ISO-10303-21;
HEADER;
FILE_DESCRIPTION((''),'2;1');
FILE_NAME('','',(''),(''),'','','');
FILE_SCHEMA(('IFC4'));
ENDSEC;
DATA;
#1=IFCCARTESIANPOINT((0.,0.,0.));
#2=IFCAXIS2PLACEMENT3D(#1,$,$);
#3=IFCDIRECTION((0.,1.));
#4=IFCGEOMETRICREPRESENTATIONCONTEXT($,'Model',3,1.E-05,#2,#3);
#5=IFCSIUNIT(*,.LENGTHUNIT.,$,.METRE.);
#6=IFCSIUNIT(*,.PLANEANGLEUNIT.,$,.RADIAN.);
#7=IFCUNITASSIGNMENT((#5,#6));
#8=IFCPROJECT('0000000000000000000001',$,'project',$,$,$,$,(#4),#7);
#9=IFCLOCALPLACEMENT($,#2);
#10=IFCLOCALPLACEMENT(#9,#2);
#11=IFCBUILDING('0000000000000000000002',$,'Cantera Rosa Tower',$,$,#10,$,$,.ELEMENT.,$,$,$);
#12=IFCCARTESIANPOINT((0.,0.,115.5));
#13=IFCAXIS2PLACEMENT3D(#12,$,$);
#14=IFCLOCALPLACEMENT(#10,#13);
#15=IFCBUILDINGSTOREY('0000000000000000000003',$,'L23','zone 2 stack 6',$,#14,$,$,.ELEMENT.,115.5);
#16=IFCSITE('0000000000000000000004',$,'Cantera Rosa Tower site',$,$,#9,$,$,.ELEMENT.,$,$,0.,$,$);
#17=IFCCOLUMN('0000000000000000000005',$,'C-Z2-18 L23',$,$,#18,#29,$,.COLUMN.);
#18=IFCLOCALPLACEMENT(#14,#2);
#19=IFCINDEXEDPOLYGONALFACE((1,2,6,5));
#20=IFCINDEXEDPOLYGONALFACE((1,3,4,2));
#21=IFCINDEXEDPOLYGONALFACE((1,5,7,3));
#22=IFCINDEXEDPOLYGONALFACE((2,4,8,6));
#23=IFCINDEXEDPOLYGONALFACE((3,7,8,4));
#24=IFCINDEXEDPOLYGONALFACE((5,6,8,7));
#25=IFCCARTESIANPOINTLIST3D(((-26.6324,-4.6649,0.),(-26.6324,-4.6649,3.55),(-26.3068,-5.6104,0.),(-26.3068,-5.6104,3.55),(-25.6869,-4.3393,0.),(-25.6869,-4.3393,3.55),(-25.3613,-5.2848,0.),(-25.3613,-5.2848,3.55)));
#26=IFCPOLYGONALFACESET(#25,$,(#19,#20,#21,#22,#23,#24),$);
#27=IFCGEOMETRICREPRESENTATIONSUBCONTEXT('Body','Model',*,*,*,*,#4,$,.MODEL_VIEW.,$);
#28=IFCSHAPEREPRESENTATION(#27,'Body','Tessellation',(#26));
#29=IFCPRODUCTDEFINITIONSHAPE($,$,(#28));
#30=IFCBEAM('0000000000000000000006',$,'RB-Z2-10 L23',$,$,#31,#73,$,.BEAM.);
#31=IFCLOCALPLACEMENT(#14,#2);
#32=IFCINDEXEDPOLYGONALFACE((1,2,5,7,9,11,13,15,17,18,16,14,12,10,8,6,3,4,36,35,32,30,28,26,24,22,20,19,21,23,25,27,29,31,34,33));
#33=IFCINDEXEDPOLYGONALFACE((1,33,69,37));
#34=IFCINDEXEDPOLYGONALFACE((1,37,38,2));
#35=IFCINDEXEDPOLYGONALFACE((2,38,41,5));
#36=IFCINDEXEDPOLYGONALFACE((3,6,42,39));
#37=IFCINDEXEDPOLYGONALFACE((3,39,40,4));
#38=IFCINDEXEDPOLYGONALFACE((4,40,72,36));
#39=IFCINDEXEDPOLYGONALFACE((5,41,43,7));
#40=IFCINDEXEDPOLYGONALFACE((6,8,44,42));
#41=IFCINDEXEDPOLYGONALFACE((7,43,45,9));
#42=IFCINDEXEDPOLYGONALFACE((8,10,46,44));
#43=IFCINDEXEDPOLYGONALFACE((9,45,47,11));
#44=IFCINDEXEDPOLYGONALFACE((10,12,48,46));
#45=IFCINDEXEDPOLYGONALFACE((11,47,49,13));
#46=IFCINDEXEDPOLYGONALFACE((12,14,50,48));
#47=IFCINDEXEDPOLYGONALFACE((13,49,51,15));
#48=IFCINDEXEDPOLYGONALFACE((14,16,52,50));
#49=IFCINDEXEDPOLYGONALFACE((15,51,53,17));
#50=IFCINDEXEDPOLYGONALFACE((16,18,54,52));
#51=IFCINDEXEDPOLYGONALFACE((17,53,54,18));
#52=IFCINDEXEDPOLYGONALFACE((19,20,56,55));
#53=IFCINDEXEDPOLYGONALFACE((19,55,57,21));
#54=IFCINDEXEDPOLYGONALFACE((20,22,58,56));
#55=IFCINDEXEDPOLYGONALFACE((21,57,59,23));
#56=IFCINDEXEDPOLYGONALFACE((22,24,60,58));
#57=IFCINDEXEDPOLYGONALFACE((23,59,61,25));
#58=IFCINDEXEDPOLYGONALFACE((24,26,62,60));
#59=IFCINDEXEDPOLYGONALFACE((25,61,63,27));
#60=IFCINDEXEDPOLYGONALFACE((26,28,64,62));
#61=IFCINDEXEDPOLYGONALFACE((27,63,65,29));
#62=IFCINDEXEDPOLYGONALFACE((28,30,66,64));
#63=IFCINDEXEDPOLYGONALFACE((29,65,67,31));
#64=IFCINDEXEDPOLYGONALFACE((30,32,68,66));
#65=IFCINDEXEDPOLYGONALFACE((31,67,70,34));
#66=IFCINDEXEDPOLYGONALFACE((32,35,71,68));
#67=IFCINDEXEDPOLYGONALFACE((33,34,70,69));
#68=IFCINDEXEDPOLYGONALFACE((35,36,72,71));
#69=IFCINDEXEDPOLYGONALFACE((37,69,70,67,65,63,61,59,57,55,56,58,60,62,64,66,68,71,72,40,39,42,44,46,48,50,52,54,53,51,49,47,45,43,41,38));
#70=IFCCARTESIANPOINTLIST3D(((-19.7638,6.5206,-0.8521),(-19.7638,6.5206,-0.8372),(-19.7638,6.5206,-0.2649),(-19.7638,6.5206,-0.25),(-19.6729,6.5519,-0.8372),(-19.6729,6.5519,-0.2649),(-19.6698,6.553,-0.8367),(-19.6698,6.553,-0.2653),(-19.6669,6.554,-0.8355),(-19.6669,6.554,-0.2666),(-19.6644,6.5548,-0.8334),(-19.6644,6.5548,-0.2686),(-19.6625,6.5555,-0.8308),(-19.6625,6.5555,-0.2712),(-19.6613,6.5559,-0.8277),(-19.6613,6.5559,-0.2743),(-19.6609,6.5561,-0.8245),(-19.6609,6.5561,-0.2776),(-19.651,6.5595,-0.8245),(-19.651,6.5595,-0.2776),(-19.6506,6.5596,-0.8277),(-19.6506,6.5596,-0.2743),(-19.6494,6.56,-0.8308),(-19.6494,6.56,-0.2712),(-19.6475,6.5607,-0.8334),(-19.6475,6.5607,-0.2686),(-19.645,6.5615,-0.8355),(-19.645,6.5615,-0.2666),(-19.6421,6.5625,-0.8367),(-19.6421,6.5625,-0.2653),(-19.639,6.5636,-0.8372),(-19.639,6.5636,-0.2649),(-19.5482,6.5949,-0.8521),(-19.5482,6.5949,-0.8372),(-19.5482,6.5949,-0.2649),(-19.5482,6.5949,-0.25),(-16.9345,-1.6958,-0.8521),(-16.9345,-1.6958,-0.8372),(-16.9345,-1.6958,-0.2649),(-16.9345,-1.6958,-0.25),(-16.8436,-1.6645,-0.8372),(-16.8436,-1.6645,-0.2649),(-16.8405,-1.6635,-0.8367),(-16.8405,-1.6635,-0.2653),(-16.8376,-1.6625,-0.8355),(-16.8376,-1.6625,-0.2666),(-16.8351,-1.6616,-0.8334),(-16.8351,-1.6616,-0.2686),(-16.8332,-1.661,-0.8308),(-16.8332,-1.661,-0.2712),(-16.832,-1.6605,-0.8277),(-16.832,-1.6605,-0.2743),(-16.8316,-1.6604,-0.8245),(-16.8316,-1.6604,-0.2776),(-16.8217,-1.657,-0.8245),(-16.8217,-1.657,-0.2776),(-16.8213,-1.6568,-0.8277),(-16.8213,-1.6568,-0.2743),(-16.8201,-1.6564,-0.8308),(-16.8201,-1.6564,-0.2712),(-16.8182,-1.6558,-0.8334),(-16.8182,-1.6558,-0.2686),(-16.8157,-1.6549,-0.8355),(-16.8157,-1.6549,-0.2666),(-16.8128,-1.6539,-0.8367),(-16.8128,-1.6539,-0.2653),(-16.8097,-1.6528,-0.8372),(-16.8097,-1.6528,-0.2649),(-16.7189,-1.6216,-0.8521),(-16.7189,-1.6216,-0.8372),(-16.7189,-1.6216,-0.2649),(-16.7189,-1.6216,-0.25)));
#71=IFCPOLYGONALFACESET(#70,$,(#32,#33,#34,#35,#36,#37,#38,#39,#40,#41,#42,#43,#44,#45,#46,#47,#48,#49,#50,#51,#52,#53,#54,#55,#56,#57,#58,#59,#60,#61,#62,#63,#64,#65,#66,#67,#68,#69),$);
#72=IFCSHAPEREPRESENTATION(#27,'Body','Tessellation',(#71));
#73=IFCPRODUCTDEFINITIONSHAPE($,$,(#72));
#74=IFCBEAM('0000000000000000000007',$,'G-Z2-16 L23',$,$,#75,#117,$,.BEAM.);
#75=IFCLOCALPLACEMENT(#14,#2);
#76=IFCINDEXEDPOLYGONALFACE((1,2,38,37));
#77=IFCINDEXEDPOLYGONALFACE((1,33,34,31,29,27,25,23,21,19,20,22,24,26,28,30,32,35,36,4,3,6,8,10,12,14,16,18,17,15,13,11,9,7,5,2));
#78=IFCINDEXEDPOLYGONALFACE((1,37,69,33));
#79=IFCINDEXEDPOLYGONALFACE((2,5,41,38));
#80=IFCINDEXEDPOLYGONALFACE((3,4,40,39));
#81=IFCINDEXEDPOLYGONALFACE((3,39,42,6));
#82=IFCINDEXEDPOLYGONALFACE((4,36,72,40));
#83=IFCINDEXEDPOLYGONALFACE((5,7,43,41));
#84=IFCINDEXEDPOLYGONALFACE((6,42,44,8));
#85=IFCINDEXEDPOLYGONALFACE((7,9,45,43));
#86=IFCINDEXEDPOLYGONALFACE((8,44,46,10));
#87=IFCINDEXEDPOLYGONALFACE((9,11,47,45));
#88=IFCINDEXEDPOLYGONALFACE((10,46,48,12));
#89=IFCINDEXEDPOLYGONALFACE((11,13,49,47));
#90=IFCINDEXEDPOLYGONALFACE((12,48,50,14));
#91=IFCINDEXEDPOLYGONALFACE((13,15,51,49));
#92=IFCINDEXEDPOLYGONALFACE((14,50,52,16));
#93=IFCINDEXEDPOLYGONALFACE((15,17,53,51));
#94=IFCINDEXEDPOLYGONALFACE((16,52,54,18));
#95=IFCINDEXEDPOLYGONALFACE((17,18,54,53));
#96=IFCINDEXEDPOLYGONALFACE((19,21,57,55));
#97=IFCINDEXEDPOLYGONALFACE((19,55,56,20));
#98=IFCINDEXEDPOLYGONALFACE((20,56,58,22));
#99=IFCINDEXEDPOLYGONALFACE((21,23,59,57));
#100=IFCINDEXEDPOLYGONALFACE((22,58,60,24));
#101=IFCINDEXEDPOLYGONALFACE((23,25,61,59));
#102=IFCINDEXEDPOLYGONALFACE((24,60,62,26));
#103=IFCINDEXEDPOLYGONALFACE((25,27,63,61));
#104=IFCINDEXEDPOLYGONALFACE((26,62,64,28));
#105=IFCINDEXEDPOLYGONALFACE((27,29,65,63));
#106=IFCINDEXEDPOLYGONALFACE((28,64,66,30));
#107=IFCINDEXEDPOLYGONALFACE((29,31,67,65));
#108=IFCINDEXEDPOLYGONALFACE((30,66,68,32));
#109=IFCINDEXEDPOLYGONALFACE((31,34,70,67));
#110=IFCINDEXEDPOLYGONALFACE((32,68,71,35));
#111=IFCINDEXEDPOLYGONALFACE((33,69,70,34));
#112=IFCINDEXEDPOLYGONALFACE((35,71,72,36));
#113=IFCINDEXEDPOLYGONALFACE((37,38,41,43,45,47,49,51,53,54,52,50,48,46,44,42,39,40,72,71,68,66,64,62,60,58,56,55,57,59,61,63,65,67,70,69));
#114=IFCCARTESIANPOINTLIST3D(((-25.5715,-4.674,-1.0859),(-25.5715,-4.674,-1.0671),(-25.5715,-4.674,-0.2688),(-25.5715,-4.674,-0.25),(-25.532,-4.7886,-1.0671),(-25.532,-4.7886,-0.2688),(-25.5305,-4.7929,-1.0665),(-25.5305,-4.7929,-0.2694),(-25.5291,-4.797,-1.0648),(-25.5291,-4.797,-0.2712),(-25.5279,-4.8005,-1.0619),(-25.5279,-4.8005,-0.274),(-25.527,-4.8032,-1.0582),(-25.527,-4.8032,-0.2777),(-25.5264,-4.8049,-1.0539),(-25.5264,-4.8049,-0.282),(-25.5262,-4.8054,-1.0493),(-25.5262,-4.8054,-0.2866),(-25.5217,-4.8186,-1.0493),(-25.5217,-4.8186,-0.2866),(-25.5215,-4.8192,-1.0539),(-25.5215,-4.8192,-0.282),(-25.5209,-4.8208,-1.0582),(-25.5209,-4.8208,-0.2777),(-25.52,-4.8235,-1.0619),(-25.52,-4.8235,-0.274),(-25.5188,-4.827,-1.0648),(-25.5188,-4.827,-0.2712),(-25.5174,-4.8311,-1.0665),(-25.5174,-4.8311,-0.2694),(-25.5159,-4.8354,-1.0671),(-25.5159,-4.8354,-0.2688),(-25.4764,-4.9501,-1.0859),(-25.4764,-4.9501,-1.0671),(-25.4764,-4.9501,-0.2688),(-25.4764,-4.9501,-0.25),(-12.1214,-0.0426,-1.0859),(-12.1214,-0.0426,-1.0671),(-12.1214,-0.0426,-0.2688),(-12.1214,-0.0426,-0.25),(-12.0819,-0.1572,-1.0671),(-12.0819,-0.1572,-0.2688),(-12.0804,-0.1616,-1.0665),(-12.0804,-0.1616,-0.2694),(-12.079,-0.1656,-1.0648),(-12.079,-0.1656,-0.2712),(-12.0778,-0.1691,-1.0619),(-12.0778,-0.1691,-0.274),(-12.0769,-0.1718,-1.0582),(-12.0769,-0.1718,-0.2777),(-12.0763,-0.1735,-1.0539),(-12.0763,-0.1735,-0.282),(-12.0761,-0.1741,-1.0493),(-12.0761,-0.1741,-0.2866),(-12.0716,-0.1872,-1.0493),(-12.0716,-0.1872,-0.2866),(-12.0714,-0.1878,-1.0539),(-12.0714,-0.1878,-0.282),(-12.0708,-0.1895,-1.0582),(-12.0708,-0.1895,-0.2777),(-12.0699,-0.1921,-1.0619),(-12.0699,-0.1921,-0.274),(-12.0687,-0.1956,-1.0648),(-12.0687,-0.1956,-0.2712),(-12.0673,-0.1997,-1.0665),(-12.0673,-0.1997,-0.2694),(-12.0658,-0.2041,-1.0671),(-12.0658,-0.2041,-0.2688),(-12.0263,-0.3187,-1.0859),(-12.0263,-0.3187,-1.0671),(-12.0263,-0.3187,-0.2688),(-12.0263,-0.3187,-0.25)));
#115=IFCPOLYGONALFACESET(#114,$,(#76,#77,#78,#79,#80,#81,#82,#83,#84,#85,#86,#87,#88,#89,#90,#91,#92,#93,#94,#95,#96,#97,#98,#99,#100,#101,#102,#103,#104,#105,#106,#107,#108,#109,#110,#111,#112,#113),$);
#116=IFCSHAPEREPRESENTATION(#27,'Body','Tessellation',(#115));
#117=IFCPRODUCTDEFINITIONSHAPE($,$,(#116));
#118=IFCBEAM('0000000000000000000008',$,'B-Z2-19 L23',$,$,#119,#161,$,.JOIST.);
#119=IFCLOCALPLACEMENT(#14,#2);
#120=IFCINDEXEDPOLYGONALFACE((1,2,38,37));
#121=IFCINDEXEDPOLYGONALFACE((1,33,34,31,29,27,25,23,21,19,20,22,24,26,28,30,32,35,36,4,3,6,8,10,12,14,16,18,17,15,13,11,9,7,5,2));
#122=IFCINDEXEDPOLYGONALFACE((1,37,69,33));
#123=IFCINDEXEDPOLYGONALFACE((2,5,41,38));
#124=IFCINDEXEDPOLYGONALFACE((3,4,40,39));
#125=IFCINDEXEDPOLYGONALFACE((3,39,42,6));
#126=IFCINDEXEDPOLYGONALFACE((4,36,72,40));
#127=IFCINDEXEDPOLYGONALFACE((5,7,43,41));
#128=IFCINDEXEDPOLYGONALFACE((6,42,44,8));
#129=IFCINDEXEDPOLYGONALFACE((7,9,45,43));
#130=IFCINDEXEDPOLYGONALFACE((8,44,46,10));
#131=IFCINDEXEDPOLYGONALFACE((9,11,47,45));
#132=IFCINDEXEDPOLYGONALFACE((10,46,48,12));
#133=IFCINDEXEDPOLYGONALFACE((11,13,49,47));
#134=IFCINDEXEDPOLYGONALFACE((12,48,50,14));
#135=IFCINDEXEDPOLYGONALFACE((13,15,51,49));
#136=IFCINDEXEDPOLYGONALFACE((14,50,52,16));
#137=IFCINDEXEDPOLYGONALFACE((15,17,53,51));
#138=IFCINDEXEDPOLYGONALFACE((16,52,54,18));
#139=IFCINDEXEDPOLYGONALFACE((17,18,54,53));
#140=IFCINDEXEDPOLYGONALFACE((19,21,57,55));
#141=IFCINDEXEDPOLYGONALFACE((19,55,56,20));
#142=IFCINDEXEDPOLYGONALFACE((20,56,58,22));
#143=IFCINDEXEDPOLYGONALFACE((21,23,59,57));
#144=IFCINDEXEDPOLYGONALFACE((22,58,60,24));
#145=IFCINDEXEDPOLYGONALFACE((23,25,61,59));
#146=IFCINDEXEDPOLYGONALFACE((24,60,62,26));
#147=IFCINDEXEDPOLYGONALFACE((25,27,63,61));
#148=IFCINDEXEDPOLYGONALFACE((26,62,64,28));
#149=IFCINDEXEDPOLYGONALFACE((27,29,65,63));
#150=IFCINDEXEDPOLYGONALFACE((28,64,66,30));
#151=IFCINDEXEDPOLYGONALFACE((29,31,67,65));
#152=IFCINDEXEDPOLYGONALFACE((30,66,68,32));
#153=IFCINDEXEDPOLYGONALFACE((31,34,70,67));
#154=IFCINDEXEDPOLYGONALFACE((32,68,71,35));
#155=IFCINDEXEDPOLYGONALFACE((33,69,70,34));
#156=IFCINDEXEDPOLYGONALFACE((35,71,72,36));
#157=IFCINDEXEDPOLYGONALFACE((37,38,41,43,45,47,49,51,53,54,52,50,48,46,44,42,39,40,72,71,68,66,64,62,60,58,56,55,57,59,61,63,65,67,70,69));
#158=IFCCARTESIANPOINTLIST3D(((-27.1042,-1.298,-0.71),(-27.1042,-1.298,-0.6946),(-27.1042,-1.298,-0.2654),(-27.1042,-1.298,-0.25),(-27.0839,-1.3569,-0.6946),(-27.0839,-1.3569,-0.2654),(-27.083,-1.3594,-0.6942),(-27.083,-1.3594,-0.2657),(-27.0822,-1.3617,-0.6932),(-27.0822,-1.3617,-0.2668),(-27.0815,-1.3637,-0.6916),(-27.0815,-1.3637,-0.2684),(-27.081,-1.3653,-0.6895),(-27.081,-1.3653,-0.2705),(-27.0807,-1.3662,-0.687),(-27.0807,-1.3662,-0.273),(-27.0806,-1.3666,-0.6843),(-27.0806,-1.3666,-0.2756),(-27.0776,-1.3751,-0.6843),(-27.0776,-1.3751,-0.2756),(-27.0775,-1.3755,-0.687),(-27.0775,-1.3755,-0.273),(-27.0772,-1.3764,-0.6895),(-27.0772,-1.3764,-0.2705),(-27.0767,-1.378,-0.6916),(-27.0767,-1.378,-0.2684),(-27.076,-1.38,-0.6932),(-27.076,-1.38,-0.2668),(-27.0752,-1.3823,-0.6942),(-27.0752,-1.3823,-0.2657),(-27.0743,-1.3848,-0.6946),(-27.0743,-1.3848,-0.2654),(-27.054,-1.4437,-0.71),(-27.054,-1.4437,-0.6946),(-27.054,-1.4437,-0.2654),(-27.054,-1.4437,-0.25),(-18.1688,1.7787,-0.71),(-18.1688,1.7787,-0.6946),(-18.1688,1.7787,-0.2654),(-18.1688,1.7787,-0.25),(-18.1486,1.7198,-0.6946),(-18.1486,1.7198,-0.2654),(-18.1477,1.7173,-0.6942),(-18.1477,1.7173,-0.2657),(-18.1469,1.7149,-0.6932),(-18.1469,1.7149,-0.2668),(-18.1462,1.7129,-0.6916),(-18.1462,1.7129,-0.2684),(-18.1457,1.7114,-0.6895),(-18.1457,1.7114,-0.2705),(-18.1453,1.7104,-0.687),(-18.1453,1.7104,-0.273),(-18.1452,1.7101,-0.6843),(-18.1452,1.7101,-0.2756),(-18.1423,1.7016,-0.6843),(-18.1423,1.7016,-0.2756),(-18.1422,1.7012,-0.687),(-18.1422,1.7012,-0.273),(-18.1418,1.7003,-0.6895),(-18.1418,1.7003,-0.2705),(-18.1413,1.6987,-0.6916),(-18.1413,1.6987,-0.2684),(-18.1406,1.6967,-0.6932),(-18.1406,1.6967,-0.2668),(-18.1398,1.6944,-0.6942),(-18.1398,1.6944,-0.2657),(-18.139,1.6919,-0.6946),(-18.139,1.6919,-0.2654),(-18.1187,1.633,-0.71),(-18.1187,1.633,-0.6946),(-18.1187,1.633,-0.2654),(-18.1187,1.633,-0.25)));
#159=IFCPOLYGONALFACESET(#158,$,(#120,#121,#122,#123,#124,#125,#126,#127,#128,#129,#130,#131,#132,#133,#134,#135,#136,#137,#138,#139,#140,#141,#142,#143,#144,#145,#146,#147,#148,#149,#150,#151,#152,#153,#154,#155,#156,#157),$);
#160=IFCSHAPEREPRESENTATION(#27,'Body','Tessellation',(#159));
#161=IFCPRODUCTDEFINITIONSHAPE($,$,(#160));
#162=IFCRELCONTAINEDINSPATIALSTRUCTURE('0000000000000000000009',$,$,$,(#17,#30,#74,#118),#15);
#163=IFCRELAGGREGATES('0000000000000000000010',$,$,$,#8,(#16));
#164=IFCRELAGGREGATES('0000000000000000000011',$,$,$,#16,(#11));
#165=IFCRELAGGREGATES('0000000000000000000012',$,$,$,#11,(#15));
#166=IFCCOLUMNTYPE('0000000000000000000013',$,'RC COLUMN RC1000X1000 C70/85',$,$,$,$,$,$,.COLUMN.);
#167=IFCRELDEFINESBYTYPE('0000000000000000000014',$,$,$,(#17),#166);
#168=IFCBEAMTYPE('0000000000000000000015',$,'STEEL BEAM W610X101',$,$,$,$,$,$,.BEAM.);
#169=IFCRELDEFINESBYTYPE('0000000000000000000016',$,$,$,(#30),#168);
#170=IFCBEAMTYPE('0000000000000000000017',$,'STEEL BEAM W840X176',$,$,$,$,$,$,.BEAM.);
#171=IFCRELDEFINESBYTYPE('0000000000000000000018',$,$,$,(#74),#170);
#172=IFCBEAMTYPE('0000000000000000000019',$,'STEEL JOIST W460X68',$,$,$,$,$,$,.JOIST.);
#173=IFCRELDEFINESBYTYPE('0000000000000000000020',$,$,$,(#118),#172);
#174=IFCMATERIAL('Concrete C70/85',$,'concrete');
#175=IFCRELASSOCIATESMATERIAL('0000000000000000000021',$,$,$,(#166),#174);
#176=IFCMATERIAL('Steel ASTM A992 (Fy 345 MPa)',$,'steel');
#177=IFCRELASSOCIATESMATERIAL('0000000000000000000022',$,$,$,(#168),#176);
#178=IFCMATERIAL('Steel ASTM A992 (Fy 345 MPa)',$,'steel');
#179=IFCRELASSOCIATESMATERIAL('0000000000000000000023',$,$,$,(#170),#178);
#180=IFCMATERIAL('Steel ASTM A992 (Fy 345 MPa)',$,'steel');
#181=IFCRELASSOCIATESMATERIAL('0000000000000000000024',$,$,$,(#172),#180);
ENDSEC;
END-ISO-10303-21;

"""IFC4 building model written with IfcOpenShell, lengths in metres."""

from ifc_helpers import new_model, si_unit, direction, frame, origin, origin_2d, place, context, subcontext, project, spatial, rectangle, i_section, extrude, material, material_profile, profile_set, type_object, element, save


model = new_model("IFC4")

# Units and contexts
model_context = context("Model", 3, precision=1e-05, world=origin(), true_north=direction((0.0, 1.0)))
body_context = subcontext(model_context, "Body", "Model", "MODEL_VIEW")
ifc_project = project(units=[si_unit("LENGTHUNIT", "METRE"), si_unit("PLANEANGLEUNIT", "RADIAN")], contexts=[model_context])

# Site, building, storey
site_placement = place(None, origin())
site = spatial("IfcSite", under=ifc_project, at=site_placement, Name="Cantera Rosa Tower site", CompositionType="ELEMENT", RefElevation=0.0)
building_placement = place(site_placement, origin())
building = spatial("IfcBuilding", under=site, at=building_placement, Name="Cantera Rosa Tower", CompositionType="ELEMENT")
storey_placement = place(building_placement, frame((0.0, 0.0, 115.5)))
storey = spatial("IfcBuildingStorey", under=building, at=storey_placement, Name="L23", Description="zone 2 stack 6", CompositionType="ELEMENT", Elevation=115.5)

# Column
ifc_material_1 = material(Name="Concrete C70/85", Category="concrete")
ifc_material_profile_1 = material_profile(ifc_material_1, rectangle(XDim=1.0, YDim=1.0, at=origin_2d()), Name="RC COLUMN RC1000X1000 C70/85")
ifc_profile_set_1 = profile_set([ifc_material_profile_1], Name="Concrete C70/85")
column_type = type_object("IfcColumnType", Name="RC COLUMN RC1000X1000 C70/85", PredefinedType="COLUMN", material=ifc_profile_set_1)
column_placement = place(storey_placement, frame((-25.9968, -4.9749, 0.0), z_axis=(0.0, 0.0, 1.0), x_axis=(0.945519, 0.325568, 0.0)))
element("IfcColumn", 1, at=column_placement, inside=storey, type_object=column_type, Name="C-Z2-18 L23", PredefinedType="COLUMN", context=body_context, shape_type="SweptSolid", body=[
    extrude(rectangle(XDim=1.0, YDim=1.0, at=origin_2d()), origin(), (0.0, 0.0, 1.0), 3.55),
])

# Beams
ifc_material_2 = material(Name="Steel ASTM A992 (Fy 345 MPa)", Category="steel")
ifc_material_profile_2 = material_profile(ifc_material_2, i_section(OverallWidth=0.228, OverallDepth=0.6021, WebThickness=0.0105, FlangeThickness=0.0149, FilletRadius=0.0127, at=origin_2d()), Name="W610X101")
ifc_profile_set_2 = profile_set([ifc_material_profile_2], Name="Steel ASTM A992 (Fy 345 MPa)")
beam_type_1 = type_object("IfcBeamType", Name="STEEL BEAM W610X101", PredefinedType="BEAM", material=ifc_profile_set_2)
beam_1_placement = place(storey_placement, frame((-16.8267, -1.6587, -0.551), z_axis=(-0.325585, 0.945513, 0.0), x_axis=(-0.945513, -0.325585, 0.0)))
element("IfcBeam", 2, at=beam_1_placement, inside=storey, type_object=beam_type_1, Name="RB-Z2-10 L23", PredefinedType="BEAM", context=body_context, shape_type="SweptSolid", body=[
    extrude(i_section(OverallWidth=0.228, OverallDepth=0.6021, WebThickness=0.0105, FlangeThickness=0.0149, FilletRadius=0.0127, at=origin_2d()), origin(), (0.0, 0.0, 1.0), 8.6899),
])
ifc_material_3 = material(Name="Steel ASTM A992 (Fy 345 MPa)", Category="steel")
ifc_material_profile_3 = material_profile(ifc_material_3, i_section(OverallWidth=0.292, OverallDepth=0.8359, WebThickness=0.0139, FlangeThickness=0.0188, FilletRadius=0.0178, at=origin_2d()), Name="W840X176")
ifc_profile_set_3 = profile_set([ifc_material_profile_3], Name="Steel ASTM A992 (Fy 345 MPa)")
beam_type_2 = type_object("IfcBeamType", Name="STEEL BEAM W840X176", PredefinedType="BEAM", material=ifc_profile_set_3)
beam_2_placement = place(storey_placement, frame((-25.5239, -4.812, -0.668), z_axis=(0.945515, 0.325578, 0.0), x_axis=(-0.325578, 0.945515, 0.0)))
element("IfcBeam", 3, at=beam_2_placement, inside=storey, type_object=beam_type_2, Name="G-Z2-16 L23", PredefinedType="BEAM", context=body_context, shape_type="SweptSolid", body=[
    extrude(i_section(OverallWidth=0.292, OverallDepth=0.8359, WebThickness=0.0139, FlangeThickness=0.0188, FilletRadius=0.0178, at=origin_2d()), origin(), (0.0, 0.0, 1.0), 14.2251),
])
ifc_material_4 = material(Name="Steel ASTM A992 (Fy 345 MPa)", Category="steel")
ifc_material_profile_4 = material_profile(ifc_material_4, i_section(OverallWidth=0.1541, OverallDepth=0.46, WebThickness=0.009, FlangeThickness=0.0154, FilletRadius=0.0103, at=origin_2d()), Name="W460X68")
ifc_profile_set_4 = profile_set([ifc_material_profile_4], Name="Steel ASTM A992 (Fy 345 MPa)")
beam_type_3 = type_object("IfcBeamType", Name="STEEL JOIST W460X68", PredefinedType="JOIST", material=ifc_profile_set_4)
for number, where, z_axis, x_axis, name in (
    (4, (-27.0791, -1.3708, -0.48), (0.945519, 0.325567, 0.0), (-0.325567, 0.945519, 0.0), "B-Z2-19 L23"),
):
    element("IfcBeam", number, at=place(storey_placement, frame(where, z_axis=z_axis, x_axis=x_axis)), inside=storey, type_object=beam_type_3, Name=name, PredefinedType="JOIST", context=body_context, shape_type="SweptSolid", body=[
        extrude(i_section(OverallWidth=0.1541, OverallDepth=0.46, WebThickness=0.009, FlangeThickness=0.0154, FilletRadius=0.0103, at=origin_2d()), origin(), (0.0, 0.0, 1.0), 9.4502),
    ])

save(model, "model.ifc")
